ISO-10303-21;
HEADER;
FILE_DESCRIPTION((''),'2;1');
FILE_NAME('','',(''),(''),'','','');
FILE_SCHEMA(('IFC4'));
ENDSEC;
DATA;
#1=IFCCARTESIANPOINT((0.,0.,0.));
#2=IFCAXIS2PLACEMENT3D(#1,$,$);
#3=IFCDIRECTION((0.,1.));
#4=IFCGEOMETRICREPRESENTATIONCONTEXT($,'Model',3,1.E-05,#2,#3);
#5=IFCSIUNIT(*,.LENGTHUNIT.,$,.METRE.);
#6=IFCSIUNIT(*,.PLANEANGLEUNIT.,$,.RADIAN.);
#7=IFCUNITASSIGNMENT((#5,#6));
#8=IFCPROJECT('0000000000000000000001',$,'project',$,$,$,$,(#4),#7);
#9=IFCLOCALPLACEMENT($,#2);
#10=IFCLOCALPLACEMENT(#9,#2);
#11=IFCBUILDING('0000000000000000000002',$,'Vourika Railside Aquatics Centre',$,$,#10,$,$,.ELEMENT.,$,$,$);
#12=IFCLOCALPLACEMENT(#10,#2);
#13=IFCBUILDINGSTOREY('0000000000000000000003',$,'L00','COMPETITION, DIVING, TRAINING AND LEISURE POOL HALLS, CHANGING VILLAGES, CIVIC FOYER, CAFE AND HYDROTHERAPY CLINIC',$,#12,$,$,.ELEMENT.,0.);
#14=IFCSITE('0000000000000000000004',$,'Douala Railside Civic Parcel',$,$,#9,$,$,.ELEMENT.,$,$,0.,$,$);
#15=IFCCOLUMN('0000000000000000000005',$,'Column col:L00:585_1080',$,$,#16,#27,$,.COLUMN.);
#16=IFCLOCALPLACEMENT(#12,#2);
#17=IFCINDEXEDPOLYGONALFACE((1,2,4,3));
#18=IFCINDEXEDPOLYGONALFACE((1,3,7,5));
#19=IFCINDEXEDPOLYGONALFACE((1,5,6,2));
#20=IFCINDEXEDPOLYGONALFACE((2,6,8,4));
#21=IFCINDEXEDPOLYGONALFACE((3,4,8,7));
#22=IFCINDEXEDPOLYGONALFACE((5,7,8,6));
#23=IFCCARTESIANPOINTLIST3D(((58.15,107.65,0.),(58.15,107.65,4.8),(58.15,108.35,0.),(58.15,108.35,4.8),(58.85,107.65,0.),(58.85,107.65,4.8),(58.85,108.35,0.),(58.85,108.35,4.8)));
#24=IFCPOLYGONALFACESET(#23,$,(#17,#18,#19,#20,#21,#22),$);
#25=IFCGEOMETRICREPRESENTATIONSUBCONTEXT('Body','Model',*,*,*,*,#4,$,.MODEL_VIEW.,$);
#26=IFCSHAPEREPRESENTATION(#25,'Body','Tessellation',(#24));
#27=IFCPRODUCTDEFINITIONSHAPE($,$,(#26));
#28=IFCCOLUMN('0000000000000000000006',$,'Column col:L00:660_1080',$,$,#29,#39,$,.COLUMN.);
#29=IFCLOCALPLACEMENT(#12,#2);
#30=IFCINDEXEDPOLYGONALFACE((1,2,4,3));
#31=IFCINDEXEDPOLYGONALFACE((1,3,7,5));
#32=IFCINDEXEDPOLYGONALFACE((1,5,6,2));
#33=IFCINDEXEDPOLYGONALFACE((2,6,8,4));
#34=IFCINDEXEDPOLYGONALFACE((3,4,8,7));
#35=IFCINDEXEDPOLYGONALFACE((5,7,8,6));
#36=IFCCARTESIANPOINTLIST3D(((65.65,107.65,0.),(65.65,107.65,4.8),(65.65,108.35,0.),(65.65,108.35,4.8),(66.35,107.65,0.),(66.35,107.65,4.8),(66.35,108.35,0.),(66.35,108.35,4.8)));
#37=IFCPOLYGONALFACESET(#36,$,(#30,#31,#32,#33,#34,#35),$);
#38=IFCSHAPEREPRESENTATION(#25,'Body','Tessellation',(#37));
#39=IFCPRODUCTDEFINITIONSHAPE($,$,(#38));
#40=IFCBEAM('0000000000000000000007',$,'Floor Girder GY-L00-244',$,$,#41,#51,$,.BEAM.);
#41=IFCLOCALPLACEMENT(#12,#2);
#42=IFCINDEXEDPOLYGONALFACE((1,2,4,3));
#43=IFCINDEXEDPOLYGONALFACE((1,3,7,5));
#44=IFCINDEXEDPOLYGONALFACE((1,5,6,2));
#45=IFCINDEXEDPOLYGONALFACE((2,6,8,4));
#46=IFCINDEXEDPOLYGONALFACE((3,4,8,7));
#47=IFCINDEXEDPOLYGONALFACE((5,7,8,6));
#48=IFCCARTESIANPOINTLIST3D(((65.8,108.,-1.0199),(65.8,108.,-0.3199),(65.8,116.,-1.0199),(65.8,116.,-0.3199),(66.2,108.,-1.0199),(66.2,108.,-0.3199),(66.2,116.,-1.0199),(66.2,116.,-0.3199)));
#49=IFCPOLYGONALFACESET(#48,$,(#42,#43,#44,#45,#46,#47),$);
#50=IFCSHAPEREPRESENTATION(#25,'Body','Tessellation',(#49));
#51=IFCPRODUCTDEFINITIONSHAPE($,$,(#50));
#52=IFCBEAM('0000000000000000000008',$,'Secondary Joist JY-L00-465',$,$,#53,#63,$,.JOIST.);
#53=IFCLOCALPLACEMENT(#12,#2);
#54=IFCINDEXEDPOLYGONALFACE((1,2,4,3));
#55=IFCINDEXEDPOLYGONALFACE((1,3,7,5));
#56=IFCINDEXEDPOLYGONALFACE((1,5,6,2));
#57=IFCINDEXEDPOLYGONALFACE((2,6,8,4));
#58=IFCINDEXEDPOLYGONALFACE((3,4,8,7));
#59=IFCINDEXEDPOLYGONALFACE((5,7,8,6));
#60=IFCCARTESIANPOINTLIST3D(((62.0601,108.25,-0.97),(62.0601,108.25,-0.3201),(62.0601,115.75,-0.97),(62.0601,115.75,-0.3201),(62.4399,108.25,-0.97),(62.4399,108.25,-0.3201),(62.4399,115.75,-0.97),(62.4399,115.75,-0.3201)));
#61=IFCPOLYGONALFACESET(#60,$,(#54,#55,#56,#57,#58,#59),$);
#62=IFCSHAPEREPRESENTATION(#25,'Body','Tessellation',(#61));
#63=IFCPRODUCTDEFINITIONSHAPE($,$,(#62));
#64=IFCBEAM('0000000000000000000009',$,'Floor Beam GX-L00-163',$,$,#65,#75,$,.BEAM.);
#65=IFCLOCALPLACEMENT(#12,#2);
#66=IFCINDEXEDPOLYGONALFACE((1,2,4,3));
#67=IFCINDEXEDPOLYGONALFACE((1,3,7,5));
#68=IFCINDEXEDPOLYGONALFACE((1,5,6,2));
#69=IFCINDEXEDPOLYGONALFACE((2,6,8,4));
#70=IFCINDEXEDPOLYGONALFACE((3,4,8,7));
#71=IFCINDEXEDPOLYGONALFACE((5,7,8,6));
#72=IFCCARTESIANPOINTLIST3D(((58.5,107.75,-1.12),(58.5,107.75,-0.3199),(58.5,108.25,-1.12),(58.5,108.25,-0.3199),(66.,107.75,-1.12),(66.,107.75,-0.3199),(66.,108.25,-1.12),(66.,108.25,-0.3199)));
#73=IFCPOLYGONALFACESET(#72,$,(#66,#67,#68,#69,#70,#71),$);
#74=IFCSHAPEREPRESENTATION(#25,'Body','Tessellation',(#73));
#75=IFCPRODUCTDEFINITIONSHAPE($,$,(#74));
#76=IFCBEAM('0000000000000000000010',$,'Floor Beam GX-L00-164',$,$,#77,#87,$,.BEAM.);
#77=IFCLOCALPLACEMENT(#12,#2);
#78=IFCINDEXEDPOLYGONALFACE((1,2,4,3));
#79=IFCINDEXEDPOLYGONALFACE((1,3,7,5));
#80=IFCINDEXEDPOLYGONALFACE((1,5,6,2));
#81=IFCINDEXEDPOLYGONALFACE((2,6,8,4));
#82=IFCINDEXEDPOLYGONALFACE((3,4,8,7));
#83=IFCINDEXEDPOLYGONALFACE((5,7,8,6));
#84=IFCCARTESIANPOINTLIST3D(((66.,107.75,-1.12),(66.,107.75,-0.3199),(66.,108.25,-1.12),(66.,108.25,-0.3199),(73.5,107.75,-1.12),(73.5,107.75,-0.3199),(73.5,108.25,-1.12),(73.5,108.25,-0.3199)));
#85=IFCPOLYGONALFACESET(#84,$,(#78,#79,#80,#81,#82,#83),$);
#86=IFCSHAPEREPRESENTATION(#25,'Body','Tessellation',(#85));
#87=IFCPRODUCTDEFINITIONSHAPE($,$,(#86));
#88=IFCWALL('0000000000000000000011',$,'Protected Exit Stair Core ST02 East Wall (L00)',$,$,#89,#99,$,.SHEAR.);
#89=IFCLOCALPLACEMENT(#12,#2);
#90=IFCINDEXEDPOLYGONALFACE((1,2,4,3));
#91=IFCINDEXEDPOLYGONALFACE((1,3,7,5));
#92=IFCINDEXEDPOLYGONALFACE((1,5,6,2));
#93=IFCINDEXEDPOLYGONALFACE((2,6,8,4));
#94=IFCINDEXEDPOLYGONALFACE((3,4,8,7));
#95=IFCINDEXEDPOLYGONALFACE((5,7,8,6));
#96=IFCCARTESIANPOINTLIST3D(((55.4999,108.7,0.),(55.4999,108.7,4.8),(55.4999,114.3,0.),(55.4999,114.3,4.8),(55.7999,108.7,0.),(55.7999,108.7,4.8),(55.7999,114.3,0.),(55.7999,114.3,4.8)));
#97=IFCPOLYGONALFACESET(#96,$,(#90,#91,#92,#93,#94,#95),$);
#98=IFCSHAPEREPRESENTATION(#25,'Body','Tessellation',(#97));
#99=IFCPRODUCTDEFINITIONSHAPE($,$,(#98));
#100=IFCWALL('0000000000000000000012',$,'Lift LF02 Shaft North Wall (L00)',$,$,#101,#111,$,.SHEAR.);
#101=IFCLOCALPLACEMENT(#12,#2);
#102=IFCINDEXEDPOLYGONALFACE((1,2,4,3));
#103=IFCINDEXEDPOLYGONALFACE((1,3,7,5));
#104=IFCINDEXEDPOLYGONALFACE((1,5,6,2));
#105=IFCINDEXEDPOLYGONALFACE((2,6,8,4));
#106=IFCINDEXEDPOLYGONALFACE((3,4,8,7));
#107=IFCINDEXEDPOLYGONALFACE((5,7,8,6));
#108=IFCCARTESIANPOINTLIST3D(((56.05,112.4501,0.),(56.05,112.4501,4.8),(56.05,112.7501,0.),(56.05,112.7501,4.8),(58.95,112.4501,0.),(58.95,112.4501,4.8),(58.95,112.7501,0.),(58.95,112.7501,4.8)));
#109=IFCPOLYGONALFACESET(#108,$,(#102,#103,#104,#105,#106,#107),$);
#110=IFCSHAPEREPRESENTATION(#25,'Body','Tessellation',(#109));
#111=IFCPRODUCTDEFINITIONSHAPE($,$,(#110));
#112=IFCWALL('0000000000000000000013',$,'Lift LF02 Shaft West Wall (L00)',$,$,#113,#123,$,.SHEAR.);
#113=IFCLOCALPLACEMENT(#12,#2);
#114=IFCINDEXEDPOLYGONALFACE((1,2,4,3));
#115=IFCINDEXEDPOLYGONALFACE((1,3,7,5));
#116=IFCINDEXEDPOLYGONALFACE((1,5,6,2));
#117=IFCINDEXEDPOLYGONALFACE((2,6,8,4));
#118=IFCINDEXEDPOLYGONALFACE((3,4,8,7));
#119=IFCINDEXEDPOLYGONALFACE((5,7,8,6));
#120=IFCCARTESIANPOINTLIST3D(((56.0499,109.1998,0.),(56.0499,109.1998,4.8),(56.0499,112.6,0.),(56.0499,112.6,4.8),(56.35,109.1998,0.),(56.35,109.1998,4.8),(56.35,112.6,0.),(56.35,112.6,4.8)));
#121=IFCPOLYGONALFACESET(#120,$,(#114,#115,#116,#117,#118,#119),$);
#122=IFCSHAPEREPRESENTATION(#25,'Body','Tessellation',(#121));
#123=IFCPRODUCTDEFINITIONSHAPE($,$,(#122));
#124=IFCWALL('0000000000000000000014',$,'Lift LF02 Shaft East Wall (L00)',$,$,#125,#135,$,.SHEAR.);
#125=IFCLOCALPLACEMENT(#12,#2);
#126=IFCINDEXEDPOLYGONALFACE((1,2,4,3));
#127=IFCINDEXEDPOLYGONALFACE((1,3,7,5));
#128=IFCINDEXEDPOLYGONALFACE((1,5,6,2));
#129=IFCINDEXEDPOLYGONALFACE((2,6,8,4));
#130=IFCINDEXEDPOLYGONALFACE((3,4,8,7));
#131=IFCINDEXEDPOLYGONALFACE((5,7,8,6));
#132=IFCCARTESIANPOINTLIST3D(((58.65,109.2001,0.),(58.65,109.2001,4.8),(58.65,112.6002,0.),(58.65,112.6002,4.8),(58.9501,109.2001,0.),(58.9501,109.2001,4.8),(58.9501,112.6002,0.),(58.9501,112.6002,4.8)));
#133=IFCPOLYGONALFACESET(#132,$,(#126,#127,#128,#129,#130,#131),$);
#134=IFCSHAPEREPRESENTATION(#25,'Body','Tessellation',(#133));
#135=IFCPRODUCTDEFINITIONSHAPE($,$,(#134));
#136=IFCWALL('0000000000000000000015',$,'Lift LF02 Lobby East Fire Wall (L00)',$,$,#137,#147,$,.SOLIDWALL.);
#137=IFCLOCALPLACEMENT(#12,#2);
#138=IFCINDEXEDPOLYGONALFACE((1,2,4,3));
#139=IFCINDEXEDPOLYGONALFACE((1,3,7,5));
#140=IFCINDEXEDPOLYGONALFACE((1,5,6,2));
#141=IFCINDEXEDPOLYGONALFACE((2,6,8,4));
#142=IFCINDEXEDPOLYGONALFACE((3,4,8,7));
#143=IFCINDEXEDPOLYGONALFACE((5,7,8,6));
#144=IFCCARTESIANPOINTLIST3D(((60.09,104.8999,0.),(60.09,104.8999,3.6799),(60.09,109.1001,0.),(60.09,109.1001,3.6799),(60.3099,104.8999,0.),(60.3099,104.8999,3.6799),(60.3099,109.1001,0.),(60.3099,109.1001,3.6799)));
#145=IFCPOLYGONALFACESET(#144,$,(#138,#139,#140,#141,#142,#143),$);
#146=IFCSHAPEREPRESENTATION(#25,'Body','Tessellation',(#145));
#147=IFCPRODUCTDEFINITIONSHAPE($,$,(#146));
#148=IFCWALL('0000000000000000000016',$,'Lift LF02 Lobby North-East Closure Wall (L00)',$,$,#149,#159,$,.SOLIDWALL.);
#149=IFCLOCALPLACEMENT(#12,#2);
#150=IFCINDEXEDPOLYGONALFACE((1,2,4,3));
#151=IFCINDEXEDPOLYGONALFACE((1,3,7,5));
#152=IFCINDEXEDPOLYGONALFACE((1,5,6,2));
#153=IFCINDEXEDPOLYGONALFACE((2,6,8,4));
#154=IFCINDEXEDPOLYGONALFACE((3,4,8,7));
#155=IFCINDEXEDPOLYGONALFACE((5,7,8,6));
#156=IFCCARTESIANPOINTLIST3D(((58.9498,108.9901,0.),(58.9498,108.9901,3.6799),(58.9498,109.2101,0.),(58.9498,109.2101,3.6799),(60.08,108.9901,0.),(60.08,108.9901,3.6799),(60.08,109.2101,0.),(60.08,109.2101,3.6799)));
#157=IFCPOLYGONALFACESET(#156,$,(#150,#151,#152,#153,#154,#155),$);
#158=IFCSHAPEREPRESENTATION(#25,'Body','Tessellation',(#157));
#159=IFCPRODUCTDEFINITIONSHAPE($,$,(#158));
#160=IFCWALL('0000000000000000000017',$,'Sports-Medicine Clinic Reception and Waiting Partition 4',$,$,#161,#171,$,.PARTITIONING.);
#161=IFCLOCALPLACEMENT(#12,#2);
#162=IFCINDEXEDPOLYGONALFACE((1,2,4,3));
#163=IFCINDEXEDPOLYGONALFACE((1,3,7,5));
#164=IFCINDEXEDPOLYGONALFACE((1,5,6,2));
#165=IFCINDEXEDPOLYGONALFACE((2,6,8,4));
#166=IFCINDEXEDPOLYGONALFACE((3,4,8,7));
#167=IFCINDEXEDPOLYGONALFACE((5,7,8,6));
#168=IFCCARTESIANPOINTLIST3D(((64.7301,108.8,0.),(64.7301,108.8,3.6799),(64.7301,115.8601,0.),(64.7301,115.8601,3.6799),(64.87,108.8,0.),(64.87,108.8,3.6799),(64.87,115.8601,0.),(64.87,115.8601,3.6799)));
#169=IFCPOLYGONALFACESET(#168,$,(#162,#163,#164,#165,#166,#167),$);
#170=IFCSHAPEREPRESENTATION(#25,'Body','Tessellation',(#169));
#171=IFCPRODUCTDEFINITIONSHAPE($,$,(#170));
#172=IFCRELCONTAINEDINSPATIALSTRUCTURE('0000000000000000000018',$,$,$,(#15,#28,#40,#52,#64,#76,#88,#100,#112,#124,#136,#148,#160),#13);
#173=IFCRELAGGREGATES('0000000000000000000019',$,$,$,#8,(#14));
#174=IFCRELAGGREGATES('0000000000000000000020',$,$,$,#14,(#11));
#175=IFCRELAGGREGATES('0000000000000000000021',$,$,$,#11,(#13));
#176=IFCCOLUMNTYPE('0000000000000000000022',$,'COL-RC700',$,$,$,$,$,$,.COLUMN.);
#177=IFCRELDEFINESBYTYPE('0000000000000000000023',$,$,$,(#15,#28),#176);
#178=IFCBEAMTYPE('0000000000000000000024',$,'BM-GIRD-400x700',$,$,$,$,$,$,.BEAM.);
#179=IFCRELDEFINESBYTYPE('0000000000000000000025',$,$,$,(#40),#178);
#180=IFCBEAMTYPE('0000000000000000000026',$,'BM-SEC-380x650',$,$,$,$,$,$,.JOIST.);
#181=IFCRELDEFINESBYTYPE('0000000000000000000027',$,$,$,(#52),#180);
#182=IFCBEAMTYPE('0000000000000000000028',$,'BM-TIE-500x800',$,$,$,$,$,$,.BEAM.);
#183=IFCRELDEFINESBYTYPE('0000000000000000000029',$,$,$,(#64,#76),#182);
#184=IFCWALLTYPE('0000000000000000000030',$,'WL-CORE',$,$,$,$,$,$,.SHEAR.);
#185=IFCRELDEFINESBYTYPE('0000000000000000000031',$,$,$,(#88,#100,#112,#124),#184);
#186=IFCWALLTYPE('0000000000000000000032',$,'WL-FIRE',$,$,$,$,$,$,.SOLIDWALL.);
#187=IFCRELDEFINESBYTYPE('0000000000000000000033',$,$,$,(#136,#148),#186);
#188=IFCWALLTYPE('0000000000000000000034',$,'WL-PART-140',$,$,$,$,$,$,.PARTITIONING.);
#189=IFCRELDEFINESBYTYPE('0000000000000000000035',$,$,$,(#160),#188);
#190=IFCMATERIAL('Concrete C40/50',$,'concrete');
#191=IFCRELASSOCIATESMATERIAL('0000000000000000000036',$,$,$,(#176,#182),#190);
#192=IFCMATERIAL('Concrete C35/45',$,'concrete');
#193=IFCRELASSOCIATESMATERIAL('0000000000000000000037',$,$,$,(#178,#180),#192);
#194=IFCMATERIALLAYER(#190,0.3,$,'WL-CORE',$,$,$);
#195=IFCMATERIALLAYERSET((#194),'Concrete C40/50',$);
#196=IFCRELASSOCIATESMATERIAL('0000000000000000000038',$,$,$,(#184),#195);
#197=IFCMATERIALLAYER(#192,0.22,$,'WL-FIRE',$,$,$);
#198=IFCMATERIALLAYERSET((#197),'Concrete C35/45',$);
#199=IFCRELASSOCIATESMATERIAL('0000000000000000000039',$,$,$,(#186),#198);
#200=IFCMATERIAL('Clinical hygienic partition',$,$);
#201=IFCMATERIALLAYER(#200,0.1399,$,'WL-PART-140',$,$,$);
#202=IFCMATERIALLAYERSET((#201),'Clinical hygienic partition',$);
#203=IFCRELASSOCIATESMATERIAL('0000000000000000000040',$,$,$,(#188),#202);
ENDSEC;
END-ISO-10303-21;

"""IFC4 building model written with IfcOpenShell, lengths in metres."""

from ifc_helpers import new_model, si_unit, direction, frame, frame_2d, origin, origin_2d, place, context, subcontext, project, spatial, rectangle, extrude, material, layer, layer_set, material_profile, profile_set, type_object, element, save


model = new_model("IFC4")

# Units and contexts
model_context = context("Model", 3, precision=1e-05, world=origin(), true_north=direction((0.0, 1.0)))
body_context = subcontext(model_context, "Body", "Model", "MODEL_VIEW")
ifc_project = project(units=[si_unit("LENGTHUNIT", "METRE"), si_unit("PLANEANGLEUNIT", "RADIAN")], contexts=[model_context])

# Site, building, storey
site_placement = place(None, origin())
site = spatial("IfcSite", under=ifc_project, at=site_placement, Name="Douala Railside Civic Parcel", CompositionType="ELEMENT", RefElevation=0.0)
building_placement = place(site_placement, origin())
building = spatial("IfcBuilding", under=site, at=building_placement, Name="Vourika Railside Aquatics Centre", CompositionType="ELEMENT")
storey_placement = place(building_placement, origin())
storey = spatial("IfcBuildingStorey", under=building, at=storey_placement, Name="L00", Description="COMPETITION, DIVING, TRAINING AND LEISURE POOL HALLS, CHANGING VILLAGES, CIVIC FOYER, CAFE AND HYDROTHERAPY CLINIC", CompositionType="ELEMENT", Elevation=0.0)

# Columns
ifc_material_1 = material(Name="Concrete C40/50", Category="concrete")
ifc_material_profile_1 = material_profile(ifc_material_1, rectangle(XDim=0.7, YDim=0.7, at=origin_2d()), Name="RC 700x700")
ifc_profile_set_1 = profile_set([ifc_material_profile_1], Name="Concrete C40/50")
column_type = type_object("IfcColumnType", Name="COL-RC700", PredefinedType="COLUMN", material=ifc_profile_set_1)
for number, where, z_axis, x_axis, name in (
    (1, (58.5, 108.0, 0.0), (0.0, 0.0, 1.0), (1.0, 0.0, 0.0), "Column col:L00:585_1080"),
    (2, (66.0, 108.0, 0.0), (0.0, 0.0, 1.0), (1.0, 0.0, 0.0), "Column col:L00:660_1080"),
):
    element("IfcColumn", number, at=place(storey_placement, frame(where, z_axis=z_axis, x_axis=x_axis)), inside=storey, type_object=column_type, Name=name, PredefinedType="COLUMN", context=body_context, shape_type="SweptSolid", body=[
        extrude(rectangle(XDim=0.7, YDim=0.7, at=origin_2d()), origin(), (0.0, 0.0, 1.0), 4.8),
    ])

# Beams
ifc_material_2 = material(Name="Concrete C35/45", Category="concrete")
ifc_material_profile_2 = material_profile(ifc_material_2, rectangle(XDim=0.3999, YDim=0.7, at=origin_2d()), Name="RC 400x700")
ifc_profile_set_2 = profile_set([ifc_material_profile_2], Name="Concrete C35/45")
beam_type_1 = type_object("IfcBeamType", Name="BM-GIRD-400x700", PredefinedType="BEAM", material=ifc_profile_set_2)
beam_1_placement = place(storey_placement, frame((66.0, 108.0, -0.6699), z_axis=(0.0, 1.0, 0.0), x_axis=(-1.0, 0.0, 0.0)))
element("IfcBeam", 3, at=beam_1_placement, inside=storey, type_object=beam_type_1, Name="Floor Girder GY-L00-244", PredefinedType="BEAM", context=body_context, shape_type="SweptSolid", body=[
    extrude(rectangle(XDim=0.3999, YDim=0.7, at=origin_2d()), origin(), (0.0, 0.0, 1.0), 8.0),
])
ifc_material_profile_3 = material_profile(ifc_material_2, rectangle(XDim=0.3799, YDim=0.6499, at=origin_2d()), Name="RC 380x650")
ifc_profile_set_3 = profile_set([ifc_material_profile_3], Name="Concrete C35/45")
beam_type_2 = type_object("IfcBeamType", Name="BM-SEC-380x650", PredefinedType="JOIST", material=ifc_profile_set_3)
beam_2_placement = place(storey_placement, frame((62.25, 108.25, -0.645), z_axis=(0.0, 1.0, 0.0), x_axis=(-1.0, 0.0, 0.0)))
element("IfcBeam", 4, at=beam_2_placement, inside=storey, type_object=beam_type_2, Name="Secondary Joist JY-L00-465", PredefinedType="JOIST", context=body_context, shape_type="SweptSolid", body=[
    extrude(rectangle(XDim=0.3799, YDim=0.6499, at=origin_2d()), origin(), (0.0, 0.0, 1.0), 7.5),
])
ifc_material_profile_4 = material_profile(ifc_material_1, rectangle(XDim=0.5, YDim=0.8, at=origin_2d()), Name="RC 500x800")
ifc_profile_set_4 = profile_set([ifc_material_profile_4], Name="Concrete C40/50")
beam_type_3 = type_object("IfcBeamType", Name="BM-TIE-500x800", PredefinedType="BEAM", material=ifc_profile_set_4)
for number, where, z_axis, x_axis, name in (
    (5, (58.5, 108.0, -0.72), (1.0, 0.0, 0.0), (0.0, 1.0, 0.0), "Floor Beam GX-L00-163"),
    (6, (66.0, 108.0, -0.72), (1.0, 0.0, 0.0), (0.0, 1.0, 0.0), "Floor Beam GX-L00-164"),
):
    element("IfcBeam", number, at=place(storey_placement, frame(where, z_axis=z_axis, x_axis=x_axis)), inside=storey, type_object=beam_type_3, Name=name, PredefinedType="BEAM", context=body_context, shape_type="SweptSolid", body=[
        extrude(rectangle(XDim=0.5, YDim=0.8, at=origin_2d()), origin(), (0.0, 0.0, 1.0), 7.5),
    ])

# Wall
ifc_layer_1 = layer(ifc_material_1, 0.3, Name="WL-CORE")
ifc_layer_set_1 = layer_set([ifc_layer_1], Name="Concrete C40/50")
wall_type_1 = type_object("IfcWallType", Name="WL-CORE", PredefinedType="SHEAR", material=ifc_layer_set_1)
wall_1_placement = place(storey_placement, frame((55.6499, 108.7, 0.0), z_axis=(0.0, 0.0, 1.0), x_axis=(0.0, 1.0, 0.0)))
element("IfcWall", 7, at=wall_1_placement, inside=storey, type_object=wall_type_1, Name="Protected Exit Stair Core ST02 East Wall (L00)", PredefinedType="SHEAR", context=body_context, shape_type="SweptSolid", body=[
    extrude(rectangle(XDim=5.6001, YDim=0.3, at=frame_2d((2.8, 0.0))), origin(), (0.0, 0.0, 1.0), 4.8),
])

# Walls
wall_2_placement = place(storey_placement, frame((58.95, 112.6001, 0.0), z_axis=(0.0, 0.0, 1.0), x_axis=(-1.0, 0.0, 0.0)))
element("IfcWall", 8, at=wall_2_placement, inside=storey, type_object=wall_type_1, Name="Lift LF02 Shaft North Wall (L00)", PredefinedType="SHEAR", context=body_context, shape_type="SweptSolid", body=[
    extrude(rectangle(XDim=2.8999, YDim=0.3, at=frame_2d((1.45, 0.0))), origin(), (0.0, 0.0, 1.0), 4.8),
])
for number, where, z_axis, x_axis, name in (
    (9, (56.2, 112.6001, 0.0), (0.0, 0.0, 1.0), (0.0, -1.0, 0.0), "Lift LF02 Shaft West Wall (L00)"),
    (10, (58.8, 109.2, 0.0), (0.0, 0.0, 1.0), (0.0, 1.0, 0.0), "Lift LF02 Shaft East Wall (L00)"),
):
    element("IfcWall", number, at=place(storey_placement, frame(where, z_axis=z_axis, x_axis=x_axis)), inside=storey, type_object=wall_type_1, Name=name, PredefinedType="SHEAR", context=body_context, shape_type="SweptSolid", body=[
        extrude(rectangle(XDim=3.4001, YDim=0.3, at=frame_2d((1.7002, 0.0))), origin(), (0.0, 0.0, 1.0), 4.8),
    ])
ifc_layer_2 = layer(ifc_material_2, 0.22, Name="WL-FIRE")
ifc_layer_set_2 = layer_set([ifc_layer_2], Name="Concrete C35/45")
wall_type_2 = type_object("IfcWallType", Name="WL-FIRE", PredefinedType="SOLIDWALL", material=ifc_layer_set_2)
wall_3_placement = place(storey_placement, frame((60.2, 104.8999, 0.0), z_axis=(0.0, 0.0, 1.0), x_axis=(0.0, 1.0, 0.0)))
element("IfcWall", 11, at=wall_3_placement, inside=storey, type_object=wall_type_2, Name="Lift LF02 Lobby East Fire Wall (L00)", PredefinedType="SOLIDWALL", context=body_context, shape_type="SweptSolid", body=[
    extrude(rectangle(XDim=4.2002, YDim=0.22, at=frame_2d((2.1001, 0.0))), origin(), (0.0, 0.0, 1.0), 3.6799),
])
wall_4_placement = place(storey_placement, frame((58.95, 109.1001, 0.0), z_axis=(0.0, 0.0, 1.0), x_axis=(1.0, 0.0, 0.0)))
element("IfcWall", 12, at=wall_4_placement, inside=storey, type_object=wall_type_2, Name="Lift LF02 Lobby North-East Closure Wall (L00)", PredefinedType="SOLIDWALL", context=body_context, shape_type="SweptSolid", body=[
    extrude(rectangle(XDim=1.1301, YDim=0.22, at=frame_2d((0.5649, 0.0))), origin(), (0.0, 0.0, 1.0), 3.6799),
])
ifc_material_3 = material(Name="Clinical hygienic partition")
ifc_layer_3 = layer(ifc_material_3, 0.1399, Name="WL-PART-140")
ifc_layer_set_3 = layer_set([ifc_layer_3], Name="Clinical hygienic partition")
wall_type_3 = type_object("IfcWallType", Name="WL-PART-140", PredefinedType="PARTITIONING", material=ifc_layer_set_3)
wall_5_placement = place(storey_placement, frame((64.8, 108.8, 0.0), z_axis=(0.0, 0.0, 1.0), x_axis=(0.0, 1.0, 0.0)))
element("IfcWall", 13, at=wall_5_placement, inside=storey, type_object=wall_type_3, Name="Sports-Medicine Clinic Reception and Waiting Partition 4", PredefinedType="PARTITIONING", context=body_context, shape_type="SweptSolid", body=[
    extrude(rectangle(XDim=7.0601, YDim=0.1399, at=frame_2d((3.53, 0.0))), origin(), (0.0, 0.0, 1.0), 3.6799),
])

save(model, "model.ifc")
